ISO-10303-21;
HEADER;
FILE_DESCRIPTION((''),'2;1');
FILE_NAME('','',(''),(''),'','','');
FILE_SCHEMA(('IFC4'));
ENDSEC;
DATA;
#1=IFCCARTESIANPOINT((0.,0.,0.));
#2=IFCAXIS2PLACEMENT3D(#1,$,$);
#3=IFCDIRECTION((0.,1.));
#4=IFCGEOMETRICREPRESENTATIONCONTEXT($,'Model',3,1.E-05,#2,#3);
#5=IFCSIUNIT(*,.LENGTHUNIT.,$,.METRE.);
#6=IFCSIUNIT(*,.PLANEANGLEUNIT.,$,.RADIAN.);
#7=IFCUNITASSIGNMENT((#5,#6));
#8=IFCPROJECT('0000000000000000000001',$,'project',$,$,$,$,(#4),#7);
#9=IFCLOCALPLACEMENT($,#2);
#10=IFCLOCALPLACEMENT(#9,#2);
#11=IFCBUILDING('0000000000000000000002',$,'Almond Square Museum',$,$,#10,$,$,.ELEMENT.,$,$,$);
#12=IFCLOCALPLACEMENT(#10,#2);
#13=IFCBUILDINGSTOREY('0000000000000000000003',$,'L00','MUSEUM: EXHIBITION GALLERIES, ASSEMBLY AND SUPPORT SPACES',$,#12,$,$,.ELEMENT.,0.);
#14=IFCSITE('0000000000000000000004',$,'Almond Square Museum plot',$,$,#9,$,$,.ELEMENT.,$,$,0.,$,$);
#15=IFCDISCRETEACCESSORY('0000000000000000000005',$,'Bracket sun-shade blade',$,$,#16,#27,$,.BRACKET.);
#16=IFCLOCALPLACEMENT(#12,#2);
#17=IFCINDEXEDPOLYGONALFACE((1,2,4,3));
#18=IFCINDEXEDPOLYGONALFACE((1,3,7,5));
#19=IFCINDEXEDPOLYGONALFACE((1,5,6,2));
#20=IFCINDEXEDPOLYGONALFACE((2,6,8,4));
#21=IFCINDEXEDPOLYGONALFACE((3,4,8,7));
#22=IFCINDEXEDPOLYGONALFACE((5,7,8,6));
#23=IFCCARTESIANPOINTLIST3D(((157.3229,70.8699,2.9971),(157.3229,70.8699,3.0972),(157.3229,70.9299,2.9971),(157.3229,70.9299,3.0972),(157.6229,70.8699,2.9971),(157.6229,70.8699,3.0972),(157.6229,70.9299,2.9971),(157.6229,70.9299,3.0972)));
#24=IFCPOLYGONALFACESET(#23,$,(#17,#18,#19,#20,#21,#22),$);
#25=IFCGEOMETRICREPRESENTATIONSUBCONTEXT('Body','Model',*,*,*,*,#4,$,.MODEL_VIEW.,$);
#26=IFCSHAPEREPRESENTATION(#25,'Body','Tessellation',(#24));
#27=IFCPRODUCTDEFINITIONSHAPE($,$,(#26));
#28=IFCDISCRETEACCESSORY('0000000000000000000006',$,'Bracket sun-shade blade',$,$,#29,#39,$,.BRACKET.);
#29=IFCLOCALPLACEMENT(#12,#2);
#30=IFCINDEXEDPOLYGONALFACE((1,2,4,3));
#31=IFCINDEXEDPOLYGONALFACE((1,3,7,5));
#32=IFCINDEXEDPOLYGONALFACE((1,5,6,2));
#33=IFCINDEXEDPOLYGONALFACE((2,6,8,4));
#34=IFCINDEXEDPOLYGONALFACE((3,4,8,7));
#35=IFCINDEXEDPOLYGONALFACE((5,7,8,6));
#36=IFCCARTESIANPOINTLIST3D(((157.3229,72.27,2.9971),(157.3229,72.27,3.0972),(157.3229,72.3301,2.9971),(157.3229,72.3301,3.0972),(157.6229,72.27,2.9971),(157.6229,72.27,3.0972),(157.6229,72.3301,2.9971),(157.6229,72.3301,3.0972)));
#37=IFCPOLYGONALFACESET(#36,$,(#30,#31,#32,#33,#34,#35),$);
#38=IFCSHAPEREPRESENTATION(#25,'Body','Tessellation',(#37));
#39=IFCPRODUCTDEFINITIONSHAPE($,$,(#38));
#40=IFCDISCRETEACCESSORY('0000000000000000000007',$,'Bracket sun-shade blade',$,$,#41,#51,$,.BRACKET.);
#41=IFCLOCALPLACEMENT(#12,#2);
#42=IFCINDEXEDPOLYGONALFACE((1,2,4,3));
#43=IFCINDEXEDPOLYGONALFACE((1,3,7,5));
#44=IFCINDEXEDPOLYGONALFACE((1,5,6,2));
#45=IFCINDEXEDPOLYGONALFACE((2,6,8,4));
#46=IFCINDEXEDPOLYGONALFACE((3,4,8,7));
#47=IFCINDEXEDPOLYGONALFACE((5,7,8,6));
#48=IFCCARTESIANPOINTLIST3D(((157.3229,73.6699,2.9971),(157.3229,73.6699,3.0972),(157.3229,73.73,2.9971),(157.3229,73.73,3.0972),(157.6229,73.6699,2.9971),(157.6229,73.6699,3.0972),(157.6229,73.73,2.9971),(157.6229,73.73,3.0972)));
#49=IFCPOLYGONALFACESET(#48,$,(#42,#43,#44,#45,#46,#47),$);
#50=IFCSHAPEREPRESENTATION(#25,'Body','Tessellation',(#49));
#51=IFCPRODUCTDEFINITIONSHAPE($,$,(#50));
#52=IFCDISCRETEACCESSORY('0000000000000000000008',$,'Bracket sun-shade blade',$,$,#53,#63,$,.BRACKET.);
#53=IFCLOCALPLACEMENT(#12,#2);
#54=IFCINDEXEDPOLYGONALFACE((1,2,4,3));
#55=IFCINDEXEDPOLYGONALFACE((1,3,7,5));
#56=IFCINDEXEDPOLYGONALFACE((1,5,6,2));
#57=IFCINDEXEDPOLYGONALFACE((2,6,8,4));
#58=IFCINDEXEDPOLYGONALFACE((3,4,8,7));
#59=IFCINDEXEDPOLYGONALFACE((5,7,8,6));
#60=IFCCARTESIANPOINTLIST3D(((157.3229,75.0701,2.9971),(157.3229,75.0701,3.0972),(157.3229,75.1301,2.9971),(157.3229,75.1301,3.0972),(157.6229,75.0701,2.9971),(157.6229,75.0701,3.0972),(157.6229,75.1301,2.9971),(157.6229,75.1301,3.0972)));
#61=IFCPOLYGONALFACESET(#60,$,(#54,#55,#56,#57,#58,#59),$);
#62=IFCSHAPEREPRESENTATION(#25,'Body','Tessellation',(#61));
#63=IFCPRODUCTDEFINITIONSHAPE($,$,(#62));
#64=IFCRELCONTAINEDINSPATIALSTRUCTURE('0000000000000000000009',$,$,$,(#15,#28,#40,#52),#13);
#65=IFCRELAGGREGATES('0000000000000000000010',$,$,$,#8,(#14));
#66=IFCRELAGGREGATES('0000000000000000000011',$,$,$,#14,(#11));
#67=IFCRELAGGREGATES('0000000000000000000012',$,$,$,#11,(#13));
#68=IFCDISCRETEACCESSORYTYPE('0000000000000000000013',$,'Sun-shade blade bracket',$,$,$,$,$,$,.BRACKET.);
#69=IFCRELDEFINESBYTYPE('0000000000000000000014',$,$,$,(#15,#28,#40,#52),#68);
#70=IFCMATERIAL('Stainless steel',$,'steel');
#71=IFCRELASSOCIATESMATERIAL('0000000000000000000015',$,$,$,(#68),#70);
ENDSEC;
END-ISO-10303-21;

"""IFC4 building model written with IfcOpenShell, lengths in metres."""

from ifc_helpers import new_model, si_unit, direction, frame, origin, origin_2d, place, context, subcontext, project, spatial, rectangle, extrude, material, type_object, element, save


model = new_model("IFC4")

# Units and contexts
model_context = context("Model", 3, precision=1e-05, world=origin(), true_north=direction((0.0, 1.0)))
body_context = subcontext(model_context, "Body", "Model", "MODEL_VIEW")
ifc_project = project(units=[si_unit("LENGTHUNIT", "METRE"), si_unit("PLANEANGLEUNIT", "RADIAN")], contexts=[model_context])

# Site, building, storey
site_placement = place(None, origin())
site = spatial("IfcSite", under=ifc_project, at=site_placement, Name="Almond Square Museum plot", CompositionType="ELEMENT", RefElevation=0.0)
building_placement = place(site_placement, origin())
building = spatial("IfcBuilding", under=site, at=building_placement, Name="Almond Square Museum", CompositionType="ELEMENT")
storey_placement = place(building_placement, origin())
storey = spatial("IfcBuildingStorey", under=building, at=storey_placement, Name="L00", Description="MUSEUM: EXHIBITION GALLERIES, ASSEMBLY AND SUPPORT SPACES", CompositionType="ELEMENT", Elevation=0.0)

# Discrete accessories
ifc_material_1 = material(Name="Stainless steel", Category="steel")
discrete_accessory_type = type_object("IfcDiscreteAccessoryType", Name="Sun-shade blade bracket", PredefinedType="BRACKET", material=ifc_material_1)
for number, where, z_axis, x_axis, name in (
    (1, (157.4729, 70.8999, 2.9971), (0.0, 0.0, 1.0), (1.0, 0.0, 0.0), "Bracket sun-shade blade"),
    (2, (157.4729, 72.3, 2.9971), (0.0, 0.0, 1.0), (1.0, 0.0, 0.0), "Bracket sun-shade blade"),
    (3, (157.4729, 73.7, 2.9971), (0.0, 0.0, 1.0), (1.0, 0.0, 0.0), "Bracket sun-shade blade"),
    (4, (157.4729, 75.1001, 2.9971), (0.0, 0.0, 1.0), (1.0, 0.0, 0.0), "Bracket sun-shade blade"),
):
    element("IfcDiscreteAccessory", number, at=place(storey_placement, frame(where, z_axis=z_axis, x_axis=x_axis)), inside=storey, type_object=discrete_accessory_type, Name=name, PredefinedType="BRACKET", context=body_context, shape_type="SweptSolid", body=[
        extrude(rectangle(XDim=0.3, YDim=0.0601, at=origin_2d()), origin(), (0.0, 0.0, 1.0), 0.1001),
    ])

save(model, "model.ifc")
